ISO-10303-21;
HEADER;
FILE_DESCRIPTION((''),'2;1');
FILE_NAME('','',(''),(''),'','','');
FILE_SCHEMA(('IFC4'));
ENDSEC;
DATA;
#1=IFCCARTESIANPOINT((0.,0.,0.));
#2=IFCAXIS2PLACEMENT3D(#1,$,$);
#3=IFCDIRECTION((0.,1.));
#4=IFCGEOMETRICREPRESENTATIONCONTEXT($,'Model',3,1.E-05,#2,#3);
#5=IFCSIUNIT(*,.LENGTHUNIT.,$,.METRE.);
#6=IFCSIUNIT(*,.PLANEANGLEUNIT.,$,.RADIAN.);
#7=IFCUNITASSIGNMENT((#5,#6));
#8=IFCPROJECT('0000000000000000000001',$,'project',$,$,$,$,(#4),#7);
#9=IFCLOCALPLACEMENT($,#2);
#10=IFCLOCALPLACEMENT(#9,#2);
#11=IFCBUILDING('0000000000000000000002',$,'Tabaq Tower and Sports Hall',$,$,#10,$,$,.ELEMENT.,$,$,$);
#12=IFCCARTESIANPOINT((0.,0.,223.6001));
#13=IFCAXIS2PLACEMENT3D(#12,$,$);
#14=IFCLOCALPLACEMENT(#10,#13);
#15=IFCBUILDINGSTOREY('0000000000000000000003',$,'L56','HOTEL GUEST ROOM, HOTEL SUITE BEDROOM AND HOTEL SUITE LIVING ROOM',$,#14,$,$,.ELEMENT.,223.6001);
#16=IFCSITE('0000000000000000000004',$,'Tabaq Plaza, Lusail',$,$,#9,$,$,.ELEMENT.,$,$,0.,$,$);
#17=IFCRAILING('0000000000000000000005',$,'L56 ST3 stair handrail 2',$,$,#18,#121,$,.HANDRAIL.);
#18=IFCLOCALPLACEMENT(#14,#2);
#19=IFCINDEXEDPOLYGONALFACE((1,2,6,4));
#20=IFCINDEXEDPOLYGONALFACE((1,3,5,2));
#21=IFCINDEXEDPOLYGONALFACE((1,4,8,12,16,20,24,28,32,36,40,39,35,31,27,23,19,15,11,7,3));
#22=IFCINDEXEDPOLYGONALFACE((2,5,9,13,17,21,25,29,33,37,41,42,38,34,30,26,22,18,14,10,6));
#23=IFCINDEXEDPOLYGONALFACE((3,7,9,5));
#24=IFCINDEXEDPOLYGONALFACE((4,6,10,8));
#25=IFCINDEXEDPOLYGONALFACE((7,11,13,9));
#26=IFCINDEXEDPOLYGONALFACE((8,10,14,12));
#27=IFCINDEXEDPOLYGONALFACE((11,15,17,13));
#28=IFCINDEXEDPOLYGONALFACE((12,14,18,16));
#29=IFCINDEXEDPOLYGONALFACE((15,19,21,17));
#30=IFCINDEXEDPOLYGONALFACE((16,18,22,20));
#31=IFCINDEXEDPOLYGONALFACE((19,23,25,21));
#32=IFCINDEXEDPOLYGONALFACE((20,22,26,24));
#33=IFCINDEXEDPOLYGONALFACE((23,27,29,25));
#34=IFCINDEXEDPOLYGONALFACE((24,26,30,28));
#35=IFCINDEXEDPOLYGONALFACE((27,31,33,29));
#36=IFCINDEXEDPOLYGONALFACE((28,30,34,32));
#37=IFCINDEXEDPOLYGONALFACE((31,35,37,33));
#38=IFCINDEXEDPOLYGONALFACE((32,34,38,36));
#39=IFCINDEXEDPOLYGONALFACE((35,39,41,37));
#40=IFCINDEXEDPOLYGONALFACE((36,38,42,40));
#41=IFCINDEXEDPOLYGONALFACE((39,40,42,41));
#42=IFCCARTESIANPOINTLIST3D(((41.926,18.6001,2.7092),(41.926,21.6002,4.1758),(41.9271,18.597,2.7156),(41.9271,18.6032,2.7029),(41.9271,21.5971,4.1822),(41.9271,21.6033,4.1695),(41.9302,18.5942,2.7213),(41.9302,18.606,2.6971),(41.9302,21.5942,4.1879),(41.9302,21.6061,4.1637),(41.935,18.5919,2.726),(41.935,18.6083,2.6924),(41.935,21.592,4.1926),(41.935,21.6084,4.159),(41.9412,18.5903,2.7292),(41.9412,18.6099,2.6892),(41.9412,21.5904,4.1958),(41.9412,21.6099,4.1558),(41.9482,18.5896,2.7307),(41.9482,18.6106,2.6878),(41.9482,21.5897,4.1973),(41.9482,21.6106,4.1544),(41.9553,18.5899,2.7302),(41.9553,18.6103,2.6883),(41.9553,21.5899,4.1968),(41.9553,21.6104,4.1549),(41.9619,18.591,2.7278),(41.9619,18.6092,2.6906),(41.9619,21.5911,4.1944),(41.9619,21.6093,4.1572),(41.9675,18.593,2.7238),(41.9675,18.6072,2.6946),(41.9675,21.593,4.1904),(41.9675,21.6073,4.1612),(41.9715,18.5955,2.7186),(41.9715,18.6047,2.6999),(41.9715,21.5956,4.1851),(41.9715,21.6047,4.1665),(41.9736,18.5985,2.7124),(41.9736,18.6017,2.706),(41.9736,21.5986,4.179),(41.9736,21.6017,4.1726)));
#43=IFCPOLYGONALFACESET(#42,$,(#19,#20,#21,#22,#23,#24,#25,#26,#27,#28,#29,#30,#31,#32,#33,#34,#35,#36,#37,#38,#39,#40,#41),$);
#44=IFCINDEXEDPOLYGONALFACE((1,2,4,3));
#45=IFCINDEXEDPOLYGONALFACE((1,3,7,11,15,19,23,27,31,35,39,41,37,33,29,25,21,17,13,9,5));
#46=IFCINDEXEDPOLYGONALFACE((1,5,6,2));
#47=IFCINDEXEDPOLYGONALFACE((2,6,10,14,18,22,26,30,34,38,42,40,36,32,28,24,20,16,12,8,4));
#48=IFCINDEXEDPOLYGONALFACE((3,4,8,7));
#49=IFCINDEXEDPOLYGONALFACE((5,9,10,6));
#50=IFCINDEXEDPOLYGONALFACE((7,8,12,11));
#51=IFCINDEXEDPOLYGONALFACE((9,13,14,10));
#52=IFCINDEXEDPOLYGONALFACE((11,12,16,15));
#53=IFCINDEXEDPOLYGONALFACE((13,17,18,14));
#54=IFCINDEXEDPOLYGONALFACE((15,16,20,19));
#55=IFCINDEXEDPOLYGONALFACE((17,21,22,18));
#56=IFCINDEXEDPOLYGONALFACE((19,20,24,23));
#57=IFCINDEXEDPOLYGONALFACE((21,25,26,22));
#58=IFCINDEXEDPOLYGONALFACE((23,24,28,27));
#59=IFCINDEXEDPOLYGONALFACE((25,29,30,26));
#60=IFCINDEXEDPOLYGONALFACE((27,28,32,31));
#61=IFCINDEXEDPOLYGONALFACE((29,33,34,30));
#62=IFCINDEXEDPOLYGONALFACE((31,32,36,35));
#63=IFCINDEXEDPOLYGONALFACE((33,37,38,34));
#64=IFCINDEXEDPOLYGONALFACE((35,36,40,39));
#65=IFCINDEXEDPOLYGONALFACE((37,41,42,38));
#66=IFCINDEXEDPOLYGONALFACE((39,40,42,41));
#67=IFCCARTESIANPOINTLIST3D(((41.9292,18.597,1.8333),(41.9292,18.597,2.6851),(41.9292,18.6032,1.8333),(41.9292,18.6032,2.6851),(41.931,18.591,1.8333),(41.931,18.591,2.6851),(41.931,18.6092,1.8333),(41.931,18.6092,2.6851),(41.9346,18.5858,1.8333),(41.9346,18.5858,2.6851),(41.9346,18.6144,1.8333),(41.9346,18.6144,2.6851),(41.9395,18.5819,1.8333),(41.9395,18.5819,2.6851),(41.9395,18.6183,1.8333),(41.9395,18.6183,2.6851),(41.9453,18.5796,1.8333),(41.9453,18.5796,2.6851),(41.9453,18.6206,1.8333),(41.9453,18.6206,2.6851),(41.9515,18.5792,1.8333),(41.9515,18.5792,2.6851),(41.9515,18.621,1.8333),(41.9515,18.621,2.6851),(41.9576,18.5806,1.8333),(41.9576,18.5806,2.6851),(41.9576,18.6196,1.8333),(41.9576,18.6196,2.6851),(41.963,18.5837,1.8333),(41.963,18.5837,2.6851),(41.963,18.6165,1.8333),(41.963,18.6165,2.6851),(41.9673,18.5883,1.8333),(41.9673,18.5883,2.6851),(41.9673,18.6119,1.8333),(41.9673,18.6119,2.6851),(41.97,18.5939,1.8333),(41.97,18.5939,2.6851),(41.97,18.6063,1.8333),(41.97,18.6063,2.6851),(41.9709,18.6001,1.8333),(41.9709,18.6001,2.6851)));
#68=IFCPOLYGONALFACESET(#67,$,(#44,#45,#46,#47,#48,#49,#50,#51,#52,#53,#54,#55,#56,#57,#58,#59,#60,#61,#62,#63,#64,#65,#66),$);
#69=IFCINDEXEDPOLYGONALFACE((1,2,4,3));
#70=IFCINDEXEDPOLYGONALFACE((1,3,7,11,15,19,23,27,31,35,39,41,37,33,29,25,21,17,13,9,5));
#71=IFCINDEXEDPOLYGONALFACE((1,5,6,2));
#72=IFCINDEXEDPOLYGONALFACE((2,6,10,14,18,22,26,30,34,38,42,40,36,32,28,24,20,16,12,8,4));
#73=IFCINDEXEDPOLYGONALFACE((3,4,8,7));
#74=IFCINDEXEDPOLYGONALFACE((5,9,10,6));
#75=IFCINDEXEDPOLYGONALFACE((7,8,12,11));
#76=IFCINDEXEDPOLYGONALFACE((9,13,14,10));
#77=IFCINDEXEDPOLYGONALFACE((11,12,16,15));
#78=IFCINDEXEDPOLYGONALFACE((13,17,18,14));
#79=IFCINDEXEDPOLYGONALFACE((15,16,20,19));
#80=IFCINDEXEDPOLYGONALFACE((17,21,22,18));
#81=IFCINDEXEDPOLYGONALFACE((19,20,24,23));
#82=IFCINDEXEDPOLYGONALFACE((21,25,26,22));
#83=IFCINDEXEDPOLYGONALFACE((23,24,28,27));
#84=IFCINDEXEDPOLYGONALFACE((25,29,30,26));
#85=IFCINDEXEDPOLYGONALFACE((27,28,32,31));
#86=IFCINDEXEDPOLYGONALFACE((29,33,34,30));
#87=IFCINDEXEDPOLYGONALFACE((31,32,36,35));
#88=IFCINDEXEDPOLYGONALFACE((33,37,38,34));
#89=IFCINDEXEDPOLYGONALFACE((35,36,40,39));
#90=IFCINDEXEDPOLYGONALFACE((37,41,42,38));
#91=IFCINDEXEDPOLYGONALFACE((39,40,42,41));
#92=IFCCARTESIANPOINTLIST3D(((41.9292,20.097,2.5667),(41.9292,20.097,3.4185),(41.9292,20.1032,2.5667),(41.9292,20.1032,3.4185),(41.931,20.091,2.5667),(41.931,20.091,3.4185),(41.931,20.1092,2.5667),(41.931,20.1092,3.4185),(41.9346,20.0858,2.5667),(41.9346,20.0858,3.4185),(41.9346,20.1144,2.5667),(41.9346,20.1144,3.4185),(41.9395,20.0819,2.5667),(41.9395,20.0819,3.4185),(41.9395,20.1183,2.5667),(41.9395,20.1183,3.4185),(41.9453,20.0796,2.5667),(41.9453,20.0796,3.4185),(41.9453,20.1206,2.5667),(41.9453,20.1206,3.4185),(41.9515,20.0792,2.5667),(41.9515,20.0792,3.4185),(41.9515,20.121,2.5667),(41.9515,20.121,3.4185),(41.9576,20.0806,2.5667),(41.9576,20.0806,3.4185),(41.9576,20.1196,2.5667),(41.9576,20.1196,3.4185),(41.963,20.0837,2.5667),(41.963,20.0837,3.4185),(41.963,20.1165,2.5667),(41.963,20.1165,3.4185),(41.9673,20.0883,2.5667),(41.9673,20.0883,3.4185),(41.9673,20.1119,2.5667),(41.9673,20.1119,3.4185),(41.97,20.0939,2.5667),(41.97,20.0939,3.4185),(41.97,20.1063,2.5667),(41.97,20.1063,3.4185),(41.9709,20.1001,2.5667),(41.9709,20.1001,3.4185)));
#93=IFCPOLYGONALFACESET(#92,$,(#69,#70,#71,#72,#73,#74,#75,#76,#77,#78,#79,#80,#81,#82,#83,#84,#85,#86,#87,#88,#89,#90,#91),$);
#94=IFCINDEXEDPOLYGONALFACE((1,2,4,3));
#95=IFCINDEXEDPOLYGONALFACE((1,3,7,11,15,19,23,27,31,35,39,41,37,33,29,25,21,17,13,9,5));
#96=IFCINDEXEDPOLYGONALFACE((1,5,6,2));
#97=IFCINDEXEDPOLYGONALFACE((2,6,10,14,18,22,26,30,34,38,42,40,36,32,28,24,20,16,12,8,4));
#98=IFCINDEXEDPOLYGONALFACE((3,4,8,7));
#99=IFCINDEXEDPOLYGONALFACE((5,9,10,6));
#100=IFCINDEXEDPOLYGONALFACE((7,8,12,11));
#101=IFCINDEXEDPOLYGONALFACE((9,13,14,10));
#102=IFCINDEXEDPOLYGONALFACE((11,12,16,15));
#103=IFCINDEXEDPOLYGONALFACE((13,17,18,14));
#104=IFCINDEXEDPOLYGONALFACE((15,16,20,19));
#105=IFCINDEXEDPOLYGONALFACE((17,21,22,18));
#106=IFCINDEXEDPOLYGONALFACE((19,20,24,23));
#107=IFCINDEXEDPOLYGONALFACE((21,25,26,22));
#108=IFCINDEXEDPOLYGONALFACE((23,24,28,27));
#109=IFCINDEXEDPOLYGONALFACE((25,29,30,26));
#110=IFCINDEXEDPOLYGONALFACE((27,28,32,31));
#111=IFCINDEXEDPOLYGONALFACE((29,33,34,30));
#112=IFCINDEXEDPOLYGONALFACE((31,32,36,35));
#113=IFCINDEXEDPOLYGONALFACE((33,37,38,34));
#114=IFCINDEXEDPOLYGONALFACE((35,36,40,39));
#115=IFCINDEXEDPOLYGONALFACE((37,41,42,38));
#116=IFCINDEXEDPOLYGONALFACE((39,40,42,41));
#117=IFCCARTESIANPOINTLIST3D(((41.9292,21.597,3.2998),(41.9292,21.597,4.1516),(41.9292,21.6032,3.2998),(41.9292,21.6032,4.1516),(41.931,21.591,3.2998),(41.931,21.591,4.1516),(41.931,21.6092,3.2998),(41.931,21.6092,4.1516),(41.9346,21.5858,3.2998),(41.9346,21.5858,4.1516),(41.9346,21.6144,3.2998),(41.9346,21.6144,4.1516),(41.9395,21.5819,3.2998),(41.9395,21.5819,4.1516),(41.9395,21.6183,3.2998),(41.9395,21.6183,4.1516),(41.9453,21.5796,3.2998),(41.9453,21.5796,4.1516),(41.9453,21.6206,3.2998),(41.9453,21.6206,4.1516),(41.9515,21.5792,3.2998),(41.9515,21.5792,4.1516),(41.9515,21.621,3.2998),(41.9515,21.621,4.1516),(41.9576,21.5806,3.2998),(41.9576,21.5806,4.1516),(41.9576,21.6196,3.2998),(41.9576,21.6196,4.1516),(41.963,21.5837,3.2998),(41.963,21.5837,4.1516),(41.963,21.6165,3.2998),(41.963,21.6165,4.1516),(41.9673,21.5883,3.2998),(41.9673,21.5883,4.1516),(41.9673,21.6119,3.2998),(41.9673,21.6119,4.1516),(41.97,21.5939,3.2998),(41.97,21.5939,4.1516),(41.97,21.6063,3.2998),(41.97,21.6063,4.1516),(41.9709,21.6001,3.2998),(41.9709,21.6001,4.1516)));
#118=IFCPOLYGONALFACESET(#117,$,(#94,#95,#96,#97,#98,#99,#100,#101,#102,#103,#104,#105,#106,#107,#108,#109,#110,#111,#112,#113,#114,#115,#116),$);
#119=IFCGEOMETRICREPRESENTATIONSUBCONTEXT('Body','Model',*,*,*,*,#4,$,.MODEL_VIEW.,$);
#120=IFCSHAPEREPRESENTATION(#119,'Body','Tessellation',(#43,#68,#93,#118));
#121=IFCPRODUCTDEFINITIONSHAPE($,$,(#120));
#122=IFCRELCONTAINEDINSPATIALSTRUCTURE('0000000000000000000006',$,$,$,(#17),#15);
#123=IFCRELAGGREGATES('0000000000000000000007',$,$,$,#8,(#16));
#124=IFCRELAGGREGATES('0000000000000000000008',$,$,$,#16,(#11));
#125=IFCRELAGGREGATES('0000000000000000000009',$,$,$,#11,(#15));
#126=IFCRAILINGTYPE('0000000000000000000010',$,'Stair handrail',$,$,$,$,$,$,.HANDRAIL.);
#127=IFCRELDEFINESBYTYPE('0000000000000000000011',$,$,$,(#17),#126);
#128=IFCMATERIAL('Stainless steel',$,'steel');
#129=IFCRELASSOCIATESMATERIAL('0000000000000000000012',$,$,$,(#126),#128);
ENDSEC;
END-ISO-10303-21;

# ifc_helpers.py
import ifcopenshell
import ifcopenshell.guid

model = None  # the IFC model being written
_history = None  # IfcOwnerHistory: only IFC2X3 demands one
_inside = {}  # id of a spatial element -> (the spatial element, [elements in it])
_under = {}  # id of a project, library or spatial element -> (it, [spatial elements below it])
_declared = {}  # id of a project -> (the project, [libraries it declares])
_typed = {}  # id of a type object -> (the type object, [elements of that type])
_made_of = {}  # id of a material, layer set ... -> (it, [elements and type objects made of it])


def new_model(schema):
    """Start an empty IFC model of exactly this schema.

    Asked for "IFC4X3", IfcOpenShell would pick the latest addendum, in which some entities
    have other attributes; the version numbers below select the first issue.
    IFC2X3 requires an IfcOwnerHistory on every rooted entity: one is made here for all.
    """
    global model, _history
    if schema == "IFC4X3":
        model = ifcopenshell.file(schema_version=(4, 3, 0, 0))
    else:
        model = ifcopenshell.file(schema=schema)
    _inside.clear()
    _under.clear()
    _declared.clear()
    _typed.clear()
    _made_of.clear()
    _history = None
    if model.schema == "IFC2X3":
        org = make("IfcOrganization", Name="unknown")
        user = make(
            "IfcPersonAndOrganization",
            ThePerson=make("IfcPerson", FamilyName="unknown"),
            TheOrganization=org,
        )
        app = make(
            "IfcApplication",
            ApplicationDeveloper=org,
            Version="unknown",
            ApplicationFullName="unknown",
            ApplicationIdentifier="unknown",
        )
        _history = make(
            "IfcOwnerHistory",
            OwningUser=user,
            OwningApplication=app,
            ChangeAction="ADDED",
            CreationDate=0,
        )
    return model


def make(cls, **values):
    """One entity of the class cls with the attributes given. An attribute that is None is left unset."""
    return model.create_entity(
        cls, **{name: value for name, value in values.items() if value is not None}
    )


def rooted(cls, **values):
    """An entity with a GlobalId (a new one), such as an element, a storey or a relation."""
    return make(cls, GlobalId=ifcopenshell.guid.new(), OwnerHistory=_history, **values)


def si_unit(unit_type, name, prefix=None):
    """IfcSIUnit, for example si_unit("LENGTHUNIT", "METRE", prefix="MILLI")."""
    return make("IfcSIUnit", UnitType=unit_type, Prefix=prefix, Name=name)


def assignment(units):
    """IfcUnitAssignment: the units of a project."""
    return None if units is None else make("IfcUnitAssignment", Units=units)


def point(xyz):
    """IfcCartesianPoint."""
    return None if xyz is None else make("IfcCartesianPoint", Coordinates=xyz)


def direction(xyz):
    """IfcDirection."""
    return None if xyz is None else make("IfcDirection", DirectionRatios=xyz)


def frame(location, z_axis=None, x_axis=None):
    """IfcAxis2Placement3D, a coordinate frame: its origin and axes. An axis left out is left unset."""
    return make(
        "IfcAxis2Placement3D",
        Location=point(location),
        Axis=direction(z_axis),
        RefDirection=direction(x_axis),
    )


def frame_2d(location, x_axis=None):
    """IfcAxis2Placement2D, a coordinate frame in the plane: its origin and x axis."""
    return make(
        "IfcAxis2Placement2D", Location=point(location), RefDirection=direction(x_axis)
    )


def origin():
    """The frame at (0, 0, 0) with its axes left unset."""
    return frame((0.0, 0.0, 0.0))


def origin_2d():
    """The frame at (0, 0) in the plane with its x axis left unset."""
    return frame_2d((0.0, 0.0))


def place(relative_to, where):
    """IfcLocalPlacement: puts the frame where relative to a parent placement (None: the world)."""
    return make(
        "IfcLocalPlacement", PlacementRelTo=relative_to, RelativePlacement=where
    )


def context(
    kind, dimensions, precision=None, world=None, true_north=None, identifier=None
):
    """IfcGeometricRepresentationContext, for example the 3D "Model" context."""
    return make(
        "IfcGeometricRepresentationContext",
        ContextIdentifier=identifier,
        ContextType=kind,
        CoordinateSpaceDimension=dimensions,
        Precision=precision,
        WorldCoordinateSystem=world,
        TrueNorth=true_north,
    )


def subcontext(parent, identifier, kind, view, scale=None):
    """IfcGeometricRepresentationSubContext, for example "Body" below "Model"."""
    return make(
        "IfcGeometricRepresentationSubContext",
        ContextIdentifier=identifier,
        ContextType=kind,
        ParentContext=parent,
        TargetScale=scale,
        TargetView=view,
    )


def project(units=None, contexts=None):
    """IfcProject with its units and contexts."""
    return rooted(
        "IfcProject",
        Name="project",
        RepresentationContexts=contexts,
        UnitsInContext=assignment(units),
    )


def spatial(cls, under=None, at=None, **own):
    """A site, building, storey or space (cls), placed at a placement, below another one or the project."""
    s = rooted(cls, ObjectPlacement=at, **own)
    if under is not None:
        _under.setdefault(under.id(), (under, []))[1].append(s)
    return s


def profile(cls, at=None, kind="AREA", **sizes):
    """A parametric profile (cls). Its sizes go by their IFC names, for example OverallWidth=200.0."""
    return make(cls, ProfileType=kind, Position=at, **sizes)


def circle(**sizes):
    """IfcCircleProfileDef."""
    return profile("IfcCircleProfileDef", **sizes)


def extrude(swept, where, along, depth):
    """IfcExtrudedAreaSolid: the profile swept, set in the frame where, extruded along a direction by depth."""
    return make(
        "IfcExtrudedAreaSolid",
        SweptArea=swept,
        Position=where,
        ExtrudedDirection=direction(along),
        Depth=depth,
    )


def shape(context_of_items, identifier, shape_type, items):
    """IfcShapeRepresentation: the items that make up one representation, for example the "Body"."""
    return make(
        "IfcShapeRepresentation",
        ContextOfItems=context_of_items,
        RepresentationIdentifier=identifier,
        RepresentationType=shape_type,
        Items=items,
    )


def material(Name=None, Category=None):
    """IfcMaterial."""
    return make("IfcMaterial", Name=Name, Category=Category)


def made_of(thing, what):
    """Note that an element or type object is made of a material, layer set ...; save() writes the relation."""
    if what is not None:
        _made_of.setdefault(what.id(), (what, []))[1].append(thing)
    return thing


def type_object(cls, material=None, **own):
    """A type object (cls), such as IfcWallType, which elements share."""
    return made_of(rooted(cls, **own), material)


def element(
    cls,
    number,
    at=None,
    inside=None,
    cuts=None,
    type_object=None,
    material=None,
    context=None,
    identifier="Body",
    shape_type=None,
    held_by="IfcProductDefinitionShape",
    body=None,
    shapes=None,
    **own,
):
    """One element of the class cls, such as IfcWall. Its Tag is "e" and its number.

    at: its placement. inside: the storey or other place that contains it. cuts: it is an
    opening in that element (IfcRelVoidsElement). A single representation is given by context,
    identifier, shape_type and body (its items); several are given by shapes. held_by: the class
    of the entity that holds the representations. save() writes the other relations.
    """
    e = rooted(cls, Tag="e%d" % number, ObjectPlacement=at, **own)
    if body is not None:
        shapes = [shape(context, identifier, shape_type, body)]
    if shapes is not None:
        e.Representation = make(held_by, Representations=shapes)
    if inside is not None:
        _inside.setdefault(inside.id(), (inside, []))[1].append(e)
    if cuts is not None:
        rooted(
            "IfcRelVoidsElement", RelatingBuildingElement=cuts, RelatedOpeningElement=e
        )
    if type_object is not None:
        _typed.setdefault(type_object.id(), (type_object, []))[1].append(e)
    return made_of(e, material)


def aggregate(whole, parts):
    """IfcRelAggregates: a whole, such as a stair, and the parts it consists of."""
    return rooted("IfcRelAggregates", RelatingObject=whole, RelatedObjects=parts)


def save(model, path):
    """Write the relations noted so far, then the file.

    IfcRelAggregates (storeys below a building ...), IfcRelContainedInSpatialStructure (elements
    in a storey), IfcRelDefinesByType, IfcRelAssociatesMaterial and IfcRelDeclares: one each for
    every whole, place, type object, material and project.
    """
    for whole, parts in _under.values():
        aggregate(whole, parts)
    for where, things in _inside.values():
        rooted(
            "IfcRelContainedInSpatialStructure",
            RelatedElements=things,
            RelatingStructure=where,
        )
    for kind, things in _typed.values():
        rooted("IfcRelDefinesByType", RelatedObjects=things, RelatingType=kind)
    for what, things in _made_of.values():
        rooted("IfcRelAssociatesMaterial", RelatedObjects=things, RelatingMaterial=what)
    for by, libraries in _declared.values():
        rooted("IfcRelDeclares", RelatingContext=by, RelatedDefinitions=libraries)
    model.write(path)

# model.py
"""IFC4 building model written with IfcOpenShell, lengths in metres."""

from ifc_helpers import new_model, si_unit, direction, frame, origin, origin_2d, place, context, subcontext, project, spatial, circle, extrude, material, type_object, element, save


model = new_model("IFC4")

# Units and contexts
model_context = context("Model", 3, precision=1e-05, world=origin(), true_north=direction((0.0, 1.0)))
body_context = subcontext(model_context, "Body", "Model", "MODEL_VIEW")
ifc_project = project(units=[si_unit("LENGTHUNIT", "METRE"), si_unit("PLANEANGLEUNIT", "RADIAN")], contexts=[model_context])

# Site, building, storey
site_placement = place(None, origin())
site = spatial("IfcSite", under=ifc_project, at=site_placement, Name="Tabaq Plaza, Lusail", CompositionType="ELEMENT", RefElevation=0.0)
building_placement = place(site_placement, origin())
building = spatial("IfcBuilding", under=site, at=building_placement, Name="Tabaq Tower and Sports Hall", CompositionType="ELEMENT")
storey_placement = place(building_placement, frame((0.0, 0.0, 223.6001)))
storey = spatial("IfcBuildingStorey", under=building, at=storey_placement, Name="L56", Description="HOTEL GUEST ROOM, HOTEL SUITE BEDROOM AND HOTEL SUITE LIVING ROOM", CompositionType="ELEMENT", Elevation=223.6001)

# Railing
ifc_material_1 = material(Name="Stainless steel", Category="steel")
railing_type_1 = type_object("IfcRailingType", Name="Stair handrail", PredefinedType="HANDRAIL", material=ifc_material_1)
railing_1_placement = place(storey_placement, frame((41.95, 18.6001, 1.8333)))
element("IfcRailing", 1, at=railing_1_placement, inside=storey, type_object=railing_type_1, Name="L56 ST3 stair handrail 2", PredefinedType="HANDRAIL", context=body_context, shape_type="SweptSolid", body=[
    extrude(circle(Radius=0.0239, at=origin_2d()), frame((0.0, 0.0, 0.876), z_axis=(0.0, 0.898398, 0.439183), x_axis=(-1.0, 0.0, 0.0)), (0.0, 0.0, 1.0), 3.3394),
    extrude(circle(Radius=0.021, at=origin_2d()), origin(), (0.0, 0.0, 1.0), 0.8518),
    extrude(circle(Radius=0.021, at=origin_2d()), frame((0.0, 1.5, 0.7334)), (0.0, 0.0, 1.0), 0.8518),
    extrude(circle(Radius=0.021, at=origin_2d()), frame((0.0, 3.0, 1.4666)), (0.0, 0.0, 1.0), 0.8518),
])

save(model, "model.ifc")
